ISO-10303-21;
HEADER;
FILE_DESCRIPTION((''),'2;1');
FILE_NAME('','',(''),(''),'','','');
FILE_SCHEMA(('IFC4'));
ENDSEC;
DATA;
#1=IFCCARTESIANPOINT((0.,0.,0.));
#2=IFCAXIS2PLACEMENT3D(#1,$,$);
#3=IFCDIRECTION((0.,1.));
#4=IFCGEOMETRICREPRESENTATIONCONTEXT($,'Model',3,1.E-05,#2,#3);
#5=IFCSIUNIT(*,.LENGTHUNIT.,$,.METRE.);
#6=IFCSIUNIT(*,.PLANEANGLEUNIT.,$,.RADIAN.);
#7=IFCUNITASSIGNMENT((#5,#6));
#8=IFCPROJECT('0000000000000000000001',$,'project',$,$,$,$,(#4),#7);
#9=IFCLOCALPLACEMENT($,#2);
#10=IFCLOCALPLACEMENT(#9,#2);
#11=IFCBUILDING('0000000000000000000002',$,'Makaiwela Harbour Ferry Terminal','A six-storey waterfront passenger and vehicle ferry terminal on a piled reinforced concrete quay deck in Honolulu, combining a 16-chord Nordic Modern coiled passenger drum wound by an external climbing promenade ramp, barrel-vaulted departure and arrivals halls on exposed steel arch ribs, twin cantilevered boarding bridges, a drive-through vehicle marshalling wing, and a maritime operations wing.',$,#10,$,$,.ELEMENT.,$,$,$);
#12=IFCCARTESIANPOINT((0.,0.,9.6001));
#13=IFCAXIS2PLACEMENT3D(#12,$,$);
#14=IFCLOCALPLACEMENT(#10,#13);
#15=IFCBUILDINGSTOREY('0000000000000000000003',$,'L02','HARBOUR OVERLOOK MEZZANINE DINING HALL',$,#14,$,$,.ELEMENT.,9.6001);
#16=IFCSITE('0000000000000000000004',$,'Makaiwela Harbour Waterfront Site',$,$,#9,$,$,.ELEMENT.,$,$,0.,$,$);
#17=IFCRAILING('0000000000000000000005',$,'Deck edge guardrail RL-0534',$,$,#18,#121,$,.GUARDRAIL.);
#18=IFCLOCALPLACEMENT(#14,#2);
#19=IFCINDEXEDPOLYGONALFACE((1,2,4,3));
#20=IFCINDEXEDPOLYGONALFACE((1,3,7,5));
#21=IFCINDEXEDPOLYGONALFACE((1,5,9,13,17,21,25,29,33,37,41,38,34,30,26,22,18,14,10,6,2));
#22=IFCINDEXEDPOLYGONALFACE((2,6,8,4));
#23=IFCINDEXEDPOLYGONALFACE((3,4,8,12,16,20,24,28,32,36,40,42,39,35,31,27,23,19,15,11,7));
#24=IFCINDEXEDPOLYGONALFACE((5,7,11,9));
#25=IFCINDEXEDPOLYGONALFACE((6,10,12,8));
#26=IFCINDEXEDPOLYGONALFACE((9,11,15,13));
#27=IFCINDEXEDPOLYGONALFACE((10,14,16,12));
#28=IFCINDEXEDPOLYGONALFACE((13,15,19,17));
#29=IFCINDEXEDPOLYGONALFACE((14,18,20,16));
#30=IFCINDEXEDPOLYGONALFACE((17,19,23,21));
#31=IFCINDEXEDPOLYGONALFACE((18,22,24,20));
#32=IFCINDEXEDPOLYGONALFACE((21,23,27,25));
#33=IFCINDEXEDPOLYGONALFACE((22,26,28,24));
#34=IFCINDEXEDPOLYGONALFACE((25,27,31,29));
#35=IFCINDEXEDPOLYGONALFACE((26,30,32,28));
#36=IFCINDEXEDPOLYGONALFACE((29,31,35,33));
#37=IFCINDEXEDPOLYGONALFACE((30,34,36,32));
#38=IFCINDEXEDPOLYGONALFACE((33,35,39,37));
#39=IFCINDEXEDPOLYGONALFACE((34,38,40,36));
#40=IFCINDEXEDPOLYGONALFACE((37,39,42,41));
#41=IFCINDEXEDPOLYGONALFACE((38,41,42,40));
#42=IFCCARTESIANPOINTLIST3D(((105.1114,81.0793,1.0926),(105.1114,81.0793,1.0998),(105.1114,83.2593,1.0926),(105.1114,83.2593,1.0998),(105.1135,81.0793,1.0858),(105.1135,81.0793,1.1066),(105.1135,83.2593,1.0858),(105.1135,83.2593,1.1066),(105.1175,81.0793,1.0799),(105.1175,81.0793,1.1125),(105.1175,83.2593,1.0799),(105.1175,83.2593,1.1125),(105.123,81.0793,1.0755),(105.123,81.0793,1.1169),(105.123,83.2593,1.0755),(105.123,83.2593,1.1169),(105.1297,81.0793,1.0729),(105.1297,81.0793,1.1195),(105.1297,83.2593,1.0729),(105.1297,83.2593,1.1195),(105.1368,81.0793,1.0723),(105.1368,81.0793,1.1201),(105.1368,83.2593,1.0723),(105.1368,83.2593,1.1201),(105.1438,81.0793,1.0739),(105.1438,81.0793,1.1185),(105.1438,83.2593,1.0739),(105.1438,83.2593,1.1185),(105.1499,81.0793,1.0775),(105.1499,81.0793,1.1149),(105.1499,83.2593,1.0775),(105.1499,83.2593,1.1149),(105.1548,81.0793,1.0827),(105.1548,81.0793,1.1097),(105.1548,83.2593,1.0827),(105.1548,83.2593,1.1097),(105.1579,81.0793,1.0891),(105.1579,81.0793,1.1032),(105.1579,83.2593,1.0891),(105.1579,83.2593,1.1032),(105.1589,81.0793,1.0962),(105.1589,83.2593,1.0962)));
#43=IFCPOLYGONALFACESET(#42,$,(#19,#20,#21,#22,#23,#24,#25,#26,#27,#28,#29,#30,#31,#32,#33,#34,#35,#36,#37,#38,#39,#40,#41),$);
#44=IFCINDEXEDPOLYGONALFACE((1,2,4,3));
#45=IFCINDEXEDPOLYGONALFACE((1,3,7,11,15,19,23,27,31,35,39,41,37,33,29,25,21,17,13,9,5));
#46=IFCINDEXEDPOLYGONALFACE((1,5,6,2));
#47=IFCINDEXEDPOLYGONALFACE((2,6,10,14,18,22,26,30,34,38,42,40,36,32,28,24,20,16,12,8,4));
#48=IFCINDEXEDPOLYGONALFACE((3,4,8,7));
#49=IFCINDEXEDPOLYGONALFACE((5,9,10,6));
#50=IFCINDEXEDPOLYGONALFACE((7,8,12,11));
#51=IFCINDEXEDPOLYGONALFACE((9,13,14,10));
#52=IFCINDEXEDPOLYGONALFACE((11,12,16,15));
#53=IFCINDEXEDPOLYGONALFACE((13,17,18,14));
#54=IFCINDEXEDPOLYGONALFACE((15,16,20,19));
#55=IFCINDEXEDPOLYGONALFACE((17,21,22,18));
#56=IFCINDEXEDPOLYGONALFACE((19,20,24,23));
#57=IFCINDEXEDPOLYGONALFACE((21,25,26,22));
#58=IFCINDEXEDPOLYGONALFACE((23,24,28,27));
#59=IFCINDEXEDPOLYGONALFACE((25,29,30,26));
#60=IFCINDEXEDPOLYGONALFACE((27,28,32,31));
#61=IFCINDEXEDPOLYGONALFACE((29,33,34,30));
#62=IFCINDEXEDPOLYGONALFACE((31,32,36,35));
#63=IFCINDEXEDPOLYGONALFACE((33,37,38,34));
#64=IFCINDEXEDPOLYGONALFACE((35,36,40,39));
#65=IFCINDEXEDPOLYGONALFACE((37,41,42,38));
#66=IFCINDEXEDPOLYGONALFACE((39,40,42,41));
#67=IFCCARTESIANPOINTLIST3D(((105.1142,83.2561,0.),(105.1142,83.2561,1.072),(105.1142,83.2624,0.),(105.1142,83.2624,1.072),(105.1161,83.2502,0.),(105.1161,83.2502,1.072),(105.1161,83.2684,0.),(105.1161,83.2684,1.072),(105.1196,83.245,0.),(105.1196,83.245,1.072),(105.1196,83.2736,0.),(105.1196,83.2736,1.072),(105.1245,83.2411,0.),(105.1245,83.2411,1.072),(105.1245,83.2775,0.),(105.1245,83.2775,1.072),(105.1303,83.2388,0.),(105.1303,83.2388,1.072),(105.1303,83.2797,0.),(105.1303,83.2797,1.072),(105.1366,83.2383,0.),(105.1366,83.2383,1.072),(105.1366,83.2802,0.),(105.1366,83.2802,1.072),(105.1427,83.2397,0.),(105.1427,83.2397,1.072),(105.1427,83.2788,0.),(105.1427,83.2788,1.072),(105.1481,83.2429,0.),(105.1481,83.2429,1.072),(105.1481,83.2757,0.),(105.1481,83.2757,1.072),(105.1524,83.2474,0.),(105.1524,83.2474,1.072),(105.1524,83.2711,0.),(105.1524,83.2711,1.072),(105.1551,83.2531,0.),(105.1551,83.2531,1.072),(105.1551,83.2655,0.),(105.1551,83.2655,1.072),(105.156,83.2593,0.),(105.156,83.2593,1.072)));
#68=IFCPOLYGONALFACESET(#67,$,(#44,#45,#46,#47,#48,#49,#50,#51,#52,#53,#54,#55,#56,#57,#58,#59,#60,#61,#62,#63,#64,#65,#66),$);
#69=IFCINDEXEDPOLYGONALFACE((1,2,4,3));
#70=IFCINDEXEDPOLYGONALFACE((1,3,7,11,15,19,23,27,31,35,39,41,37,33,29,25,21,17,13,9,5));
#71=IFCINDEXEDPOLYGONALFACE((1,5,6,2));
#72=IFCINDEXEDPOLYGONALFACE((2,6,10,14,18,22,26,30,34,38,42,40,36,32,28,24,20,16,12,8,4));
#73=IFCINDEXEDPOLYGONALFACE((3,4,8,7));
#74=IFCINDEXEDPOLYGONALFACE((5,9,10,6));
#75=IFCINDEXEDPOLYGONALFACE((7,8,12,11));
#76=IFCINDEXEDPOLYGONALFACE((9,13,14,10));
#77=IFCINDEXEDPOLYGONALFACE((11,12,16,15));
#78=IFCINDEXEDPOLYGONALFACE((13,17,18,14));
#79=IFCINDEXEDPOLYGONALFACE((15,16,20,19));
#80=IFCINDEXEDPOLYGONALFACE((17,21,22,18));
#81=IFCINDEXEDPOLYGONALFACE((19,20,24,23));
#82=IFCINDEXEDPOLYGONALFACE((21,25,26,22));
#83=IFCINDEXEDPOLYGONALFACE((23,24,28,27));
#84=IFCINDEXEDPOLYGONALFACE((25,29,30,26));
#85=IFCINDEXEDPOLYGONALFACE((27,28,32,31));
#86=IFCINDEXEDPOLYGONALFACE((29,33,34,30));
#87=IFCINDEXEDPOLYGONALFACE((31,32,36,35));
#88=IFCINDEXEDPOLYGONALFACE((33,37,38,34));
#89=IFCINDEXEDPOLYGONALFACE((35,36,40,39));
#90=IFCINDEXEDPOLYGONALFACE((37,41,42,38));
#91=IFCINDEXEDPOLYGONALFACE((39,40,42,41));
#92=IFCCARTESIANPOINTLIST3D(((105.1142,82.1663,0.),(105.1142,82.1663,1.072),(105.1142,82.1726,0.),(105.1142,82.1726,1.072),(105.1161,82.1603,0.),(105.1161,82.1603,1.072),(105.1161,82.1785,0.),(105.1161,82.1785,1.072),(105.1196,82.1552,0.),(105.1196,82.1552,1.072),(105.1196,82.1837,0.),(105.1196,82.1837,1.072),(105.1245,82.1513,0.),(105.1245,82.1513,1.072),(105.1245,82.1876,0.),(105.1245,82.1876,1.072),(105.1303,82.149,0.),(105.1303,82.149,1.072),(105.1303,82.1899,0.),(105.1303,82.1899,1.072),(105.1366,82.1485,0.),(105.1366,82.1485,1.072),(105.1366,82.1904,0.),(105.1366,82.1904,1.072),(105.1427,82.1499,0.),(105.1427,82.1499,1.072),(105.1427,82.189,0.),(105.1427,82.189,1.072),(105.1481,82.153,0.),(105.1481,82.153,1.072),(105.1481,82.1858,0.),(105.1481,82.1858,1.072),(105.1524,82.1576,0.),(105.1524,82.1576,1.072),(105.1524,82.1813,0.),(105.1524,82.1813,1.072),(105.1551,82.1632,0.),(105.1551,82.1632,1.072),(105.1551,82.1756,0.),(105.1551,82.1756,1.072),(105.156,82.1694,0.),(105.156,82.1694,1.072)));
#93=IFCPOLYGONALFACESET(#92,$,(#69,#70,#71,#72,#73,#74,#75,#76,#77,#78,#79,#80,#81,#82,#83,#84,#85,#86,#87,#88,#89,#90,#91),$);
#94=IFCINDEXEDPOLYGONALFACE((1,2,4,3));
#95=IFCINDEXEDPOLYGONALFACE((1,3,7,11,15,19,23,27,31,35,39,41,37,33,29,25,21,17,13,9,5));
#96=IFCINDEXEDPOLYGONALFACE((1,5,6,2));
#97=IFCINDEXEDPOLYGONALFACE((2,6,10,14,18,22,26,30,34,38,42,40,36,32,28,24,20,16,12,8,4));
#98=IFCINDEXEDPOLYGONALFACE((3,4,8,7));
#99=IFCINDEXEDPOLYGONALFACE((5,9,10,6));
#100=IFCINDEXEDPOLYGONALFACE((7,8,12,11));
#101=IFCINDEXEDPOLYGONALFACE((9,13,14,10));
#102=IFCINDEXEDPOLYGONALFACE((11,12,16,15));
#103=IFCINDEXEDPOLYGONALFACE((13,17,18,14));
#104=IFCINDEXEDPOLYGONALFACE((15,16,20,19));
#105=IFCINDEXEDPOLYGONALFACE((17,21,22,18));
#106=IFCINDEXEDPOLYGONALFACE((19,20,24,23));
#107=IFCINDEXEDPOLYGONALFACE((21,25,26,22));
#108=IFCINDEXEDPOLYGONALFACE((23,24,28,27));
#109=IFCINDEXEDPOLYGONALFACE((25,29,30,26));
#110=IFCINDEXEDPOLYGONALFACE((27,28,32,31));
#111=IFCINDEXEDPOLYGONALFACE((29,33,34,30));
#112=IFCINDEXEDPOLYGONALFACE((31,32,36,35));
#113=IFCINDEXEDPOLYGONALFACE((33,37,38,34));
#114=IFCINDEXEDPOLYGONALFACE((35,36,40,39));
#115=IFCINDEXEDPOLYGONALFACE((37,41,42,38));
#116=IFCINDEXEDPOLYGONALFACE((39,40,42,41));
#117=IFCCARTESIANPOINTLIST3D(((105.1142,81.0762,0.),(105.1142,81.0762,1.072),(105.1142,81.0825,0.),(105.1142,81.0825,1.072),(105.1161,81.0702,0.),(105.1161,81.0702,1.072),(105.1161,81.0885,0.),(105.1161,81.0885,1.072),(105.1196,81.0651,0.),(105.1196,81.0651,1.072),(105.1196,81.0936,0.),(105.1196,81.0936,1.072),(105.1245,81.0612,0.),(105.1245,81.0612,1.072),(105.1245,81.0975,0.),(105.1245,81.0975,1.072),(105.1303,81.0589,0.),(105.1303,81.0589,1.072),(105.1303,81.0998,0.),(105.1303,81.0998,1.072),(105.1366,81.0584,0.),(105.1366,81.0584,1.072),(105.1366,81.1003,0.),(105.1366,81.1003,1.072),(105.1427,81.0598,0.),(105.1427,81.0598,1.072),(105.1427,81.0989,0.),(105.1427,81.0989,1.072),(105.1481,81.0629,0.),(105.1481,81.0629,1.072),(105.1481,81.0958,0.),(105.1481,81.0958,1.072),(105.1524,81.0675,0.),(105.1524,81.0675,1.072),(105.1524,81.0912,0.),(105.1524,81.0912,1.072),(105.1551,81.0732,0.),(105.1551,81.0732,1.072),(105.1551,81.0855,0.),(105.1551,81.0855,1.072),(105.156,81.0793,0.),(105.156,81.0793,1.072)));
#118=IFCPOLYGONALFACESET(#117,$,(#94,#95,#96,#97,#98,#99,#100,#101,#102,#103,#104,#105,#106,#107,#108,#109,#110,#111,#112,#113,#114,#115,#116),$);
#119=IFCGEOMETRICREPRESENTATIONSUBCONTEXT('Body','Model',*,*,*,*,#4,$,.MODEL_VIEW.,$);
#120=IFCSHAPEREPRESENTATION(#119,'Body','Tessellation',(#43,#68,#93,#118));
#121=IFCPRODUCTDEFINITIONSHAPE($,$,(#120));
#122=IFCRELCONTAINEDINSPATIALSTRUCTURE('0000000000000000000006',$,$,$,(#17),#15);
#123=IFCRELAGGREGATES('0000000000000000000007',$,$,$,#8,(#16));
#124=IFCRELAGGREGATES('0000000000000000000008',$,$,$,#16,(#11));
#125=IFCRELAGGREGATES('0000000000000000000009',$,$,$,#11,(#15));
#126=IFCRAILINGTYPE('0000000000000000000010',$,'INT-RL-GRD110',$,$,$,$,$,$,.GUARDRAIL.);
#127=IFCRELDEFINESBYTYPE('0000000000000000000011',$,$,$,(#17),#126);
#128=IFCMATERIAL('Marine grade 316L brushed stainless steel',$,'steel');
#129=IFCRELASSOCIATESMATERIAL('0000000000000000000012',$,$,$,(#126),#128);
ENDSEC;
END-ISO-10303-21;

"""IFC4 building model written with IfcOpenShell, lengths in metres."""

from ifc_helpers import new_model, si_unit, direction, frame, origin, origin_2d, place, context, subcontext, project, spatial, circle, extrude, material, type_object, element, save


model = new_model("IFC4")

# Units and contexts
model_context = context("Model", 3, precision=1e-05, world=origin(), true_north=direction((0.0, 1.0)))
body_context = subcontext(model_context, "Body", "Model", "MODEL_VIEW")
ifc_project = project(units=[si_unit("LENGTHUNIT", "METRE"), si_unit("PLANEANGLEUNIT", "RADIAN")], contexts=[model_context])

# Site, building, storey
site_placement = place(None, origin())
site = spatial("IfcSite", under=ifc_project, at=site_placement, Name="Makaiwela Harbour Waterfront Site", CompositionType="ELEMENT", RefElevation=0.0)
building_placement = place(site_placement, origin())
building = spatial("IfcBuilding", under=site, at=building_placement, Name="Makaiwela Harbour Ferry Terminal", Description="A six-storey waterfront passenger and vehicle ferry terminal on a piled reinforced concrete quay deck in Honolulu, combining a 16-chord Nordic Modern coiled passenger drum wound by an external climbing promenade ramp, barrel-vaulted departure and arrivals halls on exposed steel arch ribs, twin cantilevered boarding bridges, a drive-through vehicle marshalling wing, and a maritime operations wing.", CompositionType="ELEMENT")
storey_placement = place(building_placement, frame((0.0, 0.0, 9.6001)))
storey = spatial("IfcBuildingStorey", under=building, at=storey_placement, Name="L02", Description="HARBOUR OVERLOOK MEZZANINE DINING HALL", CompositionType="ELEMENT", Elevation=9.6001)

# Railing
ifc_material_1 = material(Name="Marine grade 316L brushed stainless steel", Category="steel")
railing_type = type_object("IfcRailingType", Name="INT-RL-GRD110", PredefinedType="GUARDRAIL", material=ifc_material_1)
railing_placement = place(storey_placement, frame((105.135, 83.2593, 0.0)))
element("IfcRailing", 1, at=railing_placement, inside=storey, type_object=railing_type, Name="Deck edge guardrail RL-0534", PredefinedType="GUARDRAIL", context=body_context, shape_type="SweptSolid", body=[
    extrude(circle(Radius=0.0239, at=origin_2d()), frame((0.0, 0.0, 1.0962), z_axis=(0.0, -1.0, 0.0), x_axis=(1.0, 0.0, 0.0)), (0.0, 0.0, 1.0), 2.1799),
    extrude(circle(Radius=0.021, at=origin_2d()), origin(), (0.0, 0.0, 1.0), 1.072),
    extrude(circle(Radius=0.021, at=origin_2d()), frame((0.0, -1.0898, 0.0)), (0.0, 0.0, 1.0), 1.072),
    extrude(circle(Radius=0.021, at=origin_2d()), frame((0.0, -2.1799, 0.0)), (0.0, 0.0, 1.0), 1.072),
])

save(model, "model.ifc")
